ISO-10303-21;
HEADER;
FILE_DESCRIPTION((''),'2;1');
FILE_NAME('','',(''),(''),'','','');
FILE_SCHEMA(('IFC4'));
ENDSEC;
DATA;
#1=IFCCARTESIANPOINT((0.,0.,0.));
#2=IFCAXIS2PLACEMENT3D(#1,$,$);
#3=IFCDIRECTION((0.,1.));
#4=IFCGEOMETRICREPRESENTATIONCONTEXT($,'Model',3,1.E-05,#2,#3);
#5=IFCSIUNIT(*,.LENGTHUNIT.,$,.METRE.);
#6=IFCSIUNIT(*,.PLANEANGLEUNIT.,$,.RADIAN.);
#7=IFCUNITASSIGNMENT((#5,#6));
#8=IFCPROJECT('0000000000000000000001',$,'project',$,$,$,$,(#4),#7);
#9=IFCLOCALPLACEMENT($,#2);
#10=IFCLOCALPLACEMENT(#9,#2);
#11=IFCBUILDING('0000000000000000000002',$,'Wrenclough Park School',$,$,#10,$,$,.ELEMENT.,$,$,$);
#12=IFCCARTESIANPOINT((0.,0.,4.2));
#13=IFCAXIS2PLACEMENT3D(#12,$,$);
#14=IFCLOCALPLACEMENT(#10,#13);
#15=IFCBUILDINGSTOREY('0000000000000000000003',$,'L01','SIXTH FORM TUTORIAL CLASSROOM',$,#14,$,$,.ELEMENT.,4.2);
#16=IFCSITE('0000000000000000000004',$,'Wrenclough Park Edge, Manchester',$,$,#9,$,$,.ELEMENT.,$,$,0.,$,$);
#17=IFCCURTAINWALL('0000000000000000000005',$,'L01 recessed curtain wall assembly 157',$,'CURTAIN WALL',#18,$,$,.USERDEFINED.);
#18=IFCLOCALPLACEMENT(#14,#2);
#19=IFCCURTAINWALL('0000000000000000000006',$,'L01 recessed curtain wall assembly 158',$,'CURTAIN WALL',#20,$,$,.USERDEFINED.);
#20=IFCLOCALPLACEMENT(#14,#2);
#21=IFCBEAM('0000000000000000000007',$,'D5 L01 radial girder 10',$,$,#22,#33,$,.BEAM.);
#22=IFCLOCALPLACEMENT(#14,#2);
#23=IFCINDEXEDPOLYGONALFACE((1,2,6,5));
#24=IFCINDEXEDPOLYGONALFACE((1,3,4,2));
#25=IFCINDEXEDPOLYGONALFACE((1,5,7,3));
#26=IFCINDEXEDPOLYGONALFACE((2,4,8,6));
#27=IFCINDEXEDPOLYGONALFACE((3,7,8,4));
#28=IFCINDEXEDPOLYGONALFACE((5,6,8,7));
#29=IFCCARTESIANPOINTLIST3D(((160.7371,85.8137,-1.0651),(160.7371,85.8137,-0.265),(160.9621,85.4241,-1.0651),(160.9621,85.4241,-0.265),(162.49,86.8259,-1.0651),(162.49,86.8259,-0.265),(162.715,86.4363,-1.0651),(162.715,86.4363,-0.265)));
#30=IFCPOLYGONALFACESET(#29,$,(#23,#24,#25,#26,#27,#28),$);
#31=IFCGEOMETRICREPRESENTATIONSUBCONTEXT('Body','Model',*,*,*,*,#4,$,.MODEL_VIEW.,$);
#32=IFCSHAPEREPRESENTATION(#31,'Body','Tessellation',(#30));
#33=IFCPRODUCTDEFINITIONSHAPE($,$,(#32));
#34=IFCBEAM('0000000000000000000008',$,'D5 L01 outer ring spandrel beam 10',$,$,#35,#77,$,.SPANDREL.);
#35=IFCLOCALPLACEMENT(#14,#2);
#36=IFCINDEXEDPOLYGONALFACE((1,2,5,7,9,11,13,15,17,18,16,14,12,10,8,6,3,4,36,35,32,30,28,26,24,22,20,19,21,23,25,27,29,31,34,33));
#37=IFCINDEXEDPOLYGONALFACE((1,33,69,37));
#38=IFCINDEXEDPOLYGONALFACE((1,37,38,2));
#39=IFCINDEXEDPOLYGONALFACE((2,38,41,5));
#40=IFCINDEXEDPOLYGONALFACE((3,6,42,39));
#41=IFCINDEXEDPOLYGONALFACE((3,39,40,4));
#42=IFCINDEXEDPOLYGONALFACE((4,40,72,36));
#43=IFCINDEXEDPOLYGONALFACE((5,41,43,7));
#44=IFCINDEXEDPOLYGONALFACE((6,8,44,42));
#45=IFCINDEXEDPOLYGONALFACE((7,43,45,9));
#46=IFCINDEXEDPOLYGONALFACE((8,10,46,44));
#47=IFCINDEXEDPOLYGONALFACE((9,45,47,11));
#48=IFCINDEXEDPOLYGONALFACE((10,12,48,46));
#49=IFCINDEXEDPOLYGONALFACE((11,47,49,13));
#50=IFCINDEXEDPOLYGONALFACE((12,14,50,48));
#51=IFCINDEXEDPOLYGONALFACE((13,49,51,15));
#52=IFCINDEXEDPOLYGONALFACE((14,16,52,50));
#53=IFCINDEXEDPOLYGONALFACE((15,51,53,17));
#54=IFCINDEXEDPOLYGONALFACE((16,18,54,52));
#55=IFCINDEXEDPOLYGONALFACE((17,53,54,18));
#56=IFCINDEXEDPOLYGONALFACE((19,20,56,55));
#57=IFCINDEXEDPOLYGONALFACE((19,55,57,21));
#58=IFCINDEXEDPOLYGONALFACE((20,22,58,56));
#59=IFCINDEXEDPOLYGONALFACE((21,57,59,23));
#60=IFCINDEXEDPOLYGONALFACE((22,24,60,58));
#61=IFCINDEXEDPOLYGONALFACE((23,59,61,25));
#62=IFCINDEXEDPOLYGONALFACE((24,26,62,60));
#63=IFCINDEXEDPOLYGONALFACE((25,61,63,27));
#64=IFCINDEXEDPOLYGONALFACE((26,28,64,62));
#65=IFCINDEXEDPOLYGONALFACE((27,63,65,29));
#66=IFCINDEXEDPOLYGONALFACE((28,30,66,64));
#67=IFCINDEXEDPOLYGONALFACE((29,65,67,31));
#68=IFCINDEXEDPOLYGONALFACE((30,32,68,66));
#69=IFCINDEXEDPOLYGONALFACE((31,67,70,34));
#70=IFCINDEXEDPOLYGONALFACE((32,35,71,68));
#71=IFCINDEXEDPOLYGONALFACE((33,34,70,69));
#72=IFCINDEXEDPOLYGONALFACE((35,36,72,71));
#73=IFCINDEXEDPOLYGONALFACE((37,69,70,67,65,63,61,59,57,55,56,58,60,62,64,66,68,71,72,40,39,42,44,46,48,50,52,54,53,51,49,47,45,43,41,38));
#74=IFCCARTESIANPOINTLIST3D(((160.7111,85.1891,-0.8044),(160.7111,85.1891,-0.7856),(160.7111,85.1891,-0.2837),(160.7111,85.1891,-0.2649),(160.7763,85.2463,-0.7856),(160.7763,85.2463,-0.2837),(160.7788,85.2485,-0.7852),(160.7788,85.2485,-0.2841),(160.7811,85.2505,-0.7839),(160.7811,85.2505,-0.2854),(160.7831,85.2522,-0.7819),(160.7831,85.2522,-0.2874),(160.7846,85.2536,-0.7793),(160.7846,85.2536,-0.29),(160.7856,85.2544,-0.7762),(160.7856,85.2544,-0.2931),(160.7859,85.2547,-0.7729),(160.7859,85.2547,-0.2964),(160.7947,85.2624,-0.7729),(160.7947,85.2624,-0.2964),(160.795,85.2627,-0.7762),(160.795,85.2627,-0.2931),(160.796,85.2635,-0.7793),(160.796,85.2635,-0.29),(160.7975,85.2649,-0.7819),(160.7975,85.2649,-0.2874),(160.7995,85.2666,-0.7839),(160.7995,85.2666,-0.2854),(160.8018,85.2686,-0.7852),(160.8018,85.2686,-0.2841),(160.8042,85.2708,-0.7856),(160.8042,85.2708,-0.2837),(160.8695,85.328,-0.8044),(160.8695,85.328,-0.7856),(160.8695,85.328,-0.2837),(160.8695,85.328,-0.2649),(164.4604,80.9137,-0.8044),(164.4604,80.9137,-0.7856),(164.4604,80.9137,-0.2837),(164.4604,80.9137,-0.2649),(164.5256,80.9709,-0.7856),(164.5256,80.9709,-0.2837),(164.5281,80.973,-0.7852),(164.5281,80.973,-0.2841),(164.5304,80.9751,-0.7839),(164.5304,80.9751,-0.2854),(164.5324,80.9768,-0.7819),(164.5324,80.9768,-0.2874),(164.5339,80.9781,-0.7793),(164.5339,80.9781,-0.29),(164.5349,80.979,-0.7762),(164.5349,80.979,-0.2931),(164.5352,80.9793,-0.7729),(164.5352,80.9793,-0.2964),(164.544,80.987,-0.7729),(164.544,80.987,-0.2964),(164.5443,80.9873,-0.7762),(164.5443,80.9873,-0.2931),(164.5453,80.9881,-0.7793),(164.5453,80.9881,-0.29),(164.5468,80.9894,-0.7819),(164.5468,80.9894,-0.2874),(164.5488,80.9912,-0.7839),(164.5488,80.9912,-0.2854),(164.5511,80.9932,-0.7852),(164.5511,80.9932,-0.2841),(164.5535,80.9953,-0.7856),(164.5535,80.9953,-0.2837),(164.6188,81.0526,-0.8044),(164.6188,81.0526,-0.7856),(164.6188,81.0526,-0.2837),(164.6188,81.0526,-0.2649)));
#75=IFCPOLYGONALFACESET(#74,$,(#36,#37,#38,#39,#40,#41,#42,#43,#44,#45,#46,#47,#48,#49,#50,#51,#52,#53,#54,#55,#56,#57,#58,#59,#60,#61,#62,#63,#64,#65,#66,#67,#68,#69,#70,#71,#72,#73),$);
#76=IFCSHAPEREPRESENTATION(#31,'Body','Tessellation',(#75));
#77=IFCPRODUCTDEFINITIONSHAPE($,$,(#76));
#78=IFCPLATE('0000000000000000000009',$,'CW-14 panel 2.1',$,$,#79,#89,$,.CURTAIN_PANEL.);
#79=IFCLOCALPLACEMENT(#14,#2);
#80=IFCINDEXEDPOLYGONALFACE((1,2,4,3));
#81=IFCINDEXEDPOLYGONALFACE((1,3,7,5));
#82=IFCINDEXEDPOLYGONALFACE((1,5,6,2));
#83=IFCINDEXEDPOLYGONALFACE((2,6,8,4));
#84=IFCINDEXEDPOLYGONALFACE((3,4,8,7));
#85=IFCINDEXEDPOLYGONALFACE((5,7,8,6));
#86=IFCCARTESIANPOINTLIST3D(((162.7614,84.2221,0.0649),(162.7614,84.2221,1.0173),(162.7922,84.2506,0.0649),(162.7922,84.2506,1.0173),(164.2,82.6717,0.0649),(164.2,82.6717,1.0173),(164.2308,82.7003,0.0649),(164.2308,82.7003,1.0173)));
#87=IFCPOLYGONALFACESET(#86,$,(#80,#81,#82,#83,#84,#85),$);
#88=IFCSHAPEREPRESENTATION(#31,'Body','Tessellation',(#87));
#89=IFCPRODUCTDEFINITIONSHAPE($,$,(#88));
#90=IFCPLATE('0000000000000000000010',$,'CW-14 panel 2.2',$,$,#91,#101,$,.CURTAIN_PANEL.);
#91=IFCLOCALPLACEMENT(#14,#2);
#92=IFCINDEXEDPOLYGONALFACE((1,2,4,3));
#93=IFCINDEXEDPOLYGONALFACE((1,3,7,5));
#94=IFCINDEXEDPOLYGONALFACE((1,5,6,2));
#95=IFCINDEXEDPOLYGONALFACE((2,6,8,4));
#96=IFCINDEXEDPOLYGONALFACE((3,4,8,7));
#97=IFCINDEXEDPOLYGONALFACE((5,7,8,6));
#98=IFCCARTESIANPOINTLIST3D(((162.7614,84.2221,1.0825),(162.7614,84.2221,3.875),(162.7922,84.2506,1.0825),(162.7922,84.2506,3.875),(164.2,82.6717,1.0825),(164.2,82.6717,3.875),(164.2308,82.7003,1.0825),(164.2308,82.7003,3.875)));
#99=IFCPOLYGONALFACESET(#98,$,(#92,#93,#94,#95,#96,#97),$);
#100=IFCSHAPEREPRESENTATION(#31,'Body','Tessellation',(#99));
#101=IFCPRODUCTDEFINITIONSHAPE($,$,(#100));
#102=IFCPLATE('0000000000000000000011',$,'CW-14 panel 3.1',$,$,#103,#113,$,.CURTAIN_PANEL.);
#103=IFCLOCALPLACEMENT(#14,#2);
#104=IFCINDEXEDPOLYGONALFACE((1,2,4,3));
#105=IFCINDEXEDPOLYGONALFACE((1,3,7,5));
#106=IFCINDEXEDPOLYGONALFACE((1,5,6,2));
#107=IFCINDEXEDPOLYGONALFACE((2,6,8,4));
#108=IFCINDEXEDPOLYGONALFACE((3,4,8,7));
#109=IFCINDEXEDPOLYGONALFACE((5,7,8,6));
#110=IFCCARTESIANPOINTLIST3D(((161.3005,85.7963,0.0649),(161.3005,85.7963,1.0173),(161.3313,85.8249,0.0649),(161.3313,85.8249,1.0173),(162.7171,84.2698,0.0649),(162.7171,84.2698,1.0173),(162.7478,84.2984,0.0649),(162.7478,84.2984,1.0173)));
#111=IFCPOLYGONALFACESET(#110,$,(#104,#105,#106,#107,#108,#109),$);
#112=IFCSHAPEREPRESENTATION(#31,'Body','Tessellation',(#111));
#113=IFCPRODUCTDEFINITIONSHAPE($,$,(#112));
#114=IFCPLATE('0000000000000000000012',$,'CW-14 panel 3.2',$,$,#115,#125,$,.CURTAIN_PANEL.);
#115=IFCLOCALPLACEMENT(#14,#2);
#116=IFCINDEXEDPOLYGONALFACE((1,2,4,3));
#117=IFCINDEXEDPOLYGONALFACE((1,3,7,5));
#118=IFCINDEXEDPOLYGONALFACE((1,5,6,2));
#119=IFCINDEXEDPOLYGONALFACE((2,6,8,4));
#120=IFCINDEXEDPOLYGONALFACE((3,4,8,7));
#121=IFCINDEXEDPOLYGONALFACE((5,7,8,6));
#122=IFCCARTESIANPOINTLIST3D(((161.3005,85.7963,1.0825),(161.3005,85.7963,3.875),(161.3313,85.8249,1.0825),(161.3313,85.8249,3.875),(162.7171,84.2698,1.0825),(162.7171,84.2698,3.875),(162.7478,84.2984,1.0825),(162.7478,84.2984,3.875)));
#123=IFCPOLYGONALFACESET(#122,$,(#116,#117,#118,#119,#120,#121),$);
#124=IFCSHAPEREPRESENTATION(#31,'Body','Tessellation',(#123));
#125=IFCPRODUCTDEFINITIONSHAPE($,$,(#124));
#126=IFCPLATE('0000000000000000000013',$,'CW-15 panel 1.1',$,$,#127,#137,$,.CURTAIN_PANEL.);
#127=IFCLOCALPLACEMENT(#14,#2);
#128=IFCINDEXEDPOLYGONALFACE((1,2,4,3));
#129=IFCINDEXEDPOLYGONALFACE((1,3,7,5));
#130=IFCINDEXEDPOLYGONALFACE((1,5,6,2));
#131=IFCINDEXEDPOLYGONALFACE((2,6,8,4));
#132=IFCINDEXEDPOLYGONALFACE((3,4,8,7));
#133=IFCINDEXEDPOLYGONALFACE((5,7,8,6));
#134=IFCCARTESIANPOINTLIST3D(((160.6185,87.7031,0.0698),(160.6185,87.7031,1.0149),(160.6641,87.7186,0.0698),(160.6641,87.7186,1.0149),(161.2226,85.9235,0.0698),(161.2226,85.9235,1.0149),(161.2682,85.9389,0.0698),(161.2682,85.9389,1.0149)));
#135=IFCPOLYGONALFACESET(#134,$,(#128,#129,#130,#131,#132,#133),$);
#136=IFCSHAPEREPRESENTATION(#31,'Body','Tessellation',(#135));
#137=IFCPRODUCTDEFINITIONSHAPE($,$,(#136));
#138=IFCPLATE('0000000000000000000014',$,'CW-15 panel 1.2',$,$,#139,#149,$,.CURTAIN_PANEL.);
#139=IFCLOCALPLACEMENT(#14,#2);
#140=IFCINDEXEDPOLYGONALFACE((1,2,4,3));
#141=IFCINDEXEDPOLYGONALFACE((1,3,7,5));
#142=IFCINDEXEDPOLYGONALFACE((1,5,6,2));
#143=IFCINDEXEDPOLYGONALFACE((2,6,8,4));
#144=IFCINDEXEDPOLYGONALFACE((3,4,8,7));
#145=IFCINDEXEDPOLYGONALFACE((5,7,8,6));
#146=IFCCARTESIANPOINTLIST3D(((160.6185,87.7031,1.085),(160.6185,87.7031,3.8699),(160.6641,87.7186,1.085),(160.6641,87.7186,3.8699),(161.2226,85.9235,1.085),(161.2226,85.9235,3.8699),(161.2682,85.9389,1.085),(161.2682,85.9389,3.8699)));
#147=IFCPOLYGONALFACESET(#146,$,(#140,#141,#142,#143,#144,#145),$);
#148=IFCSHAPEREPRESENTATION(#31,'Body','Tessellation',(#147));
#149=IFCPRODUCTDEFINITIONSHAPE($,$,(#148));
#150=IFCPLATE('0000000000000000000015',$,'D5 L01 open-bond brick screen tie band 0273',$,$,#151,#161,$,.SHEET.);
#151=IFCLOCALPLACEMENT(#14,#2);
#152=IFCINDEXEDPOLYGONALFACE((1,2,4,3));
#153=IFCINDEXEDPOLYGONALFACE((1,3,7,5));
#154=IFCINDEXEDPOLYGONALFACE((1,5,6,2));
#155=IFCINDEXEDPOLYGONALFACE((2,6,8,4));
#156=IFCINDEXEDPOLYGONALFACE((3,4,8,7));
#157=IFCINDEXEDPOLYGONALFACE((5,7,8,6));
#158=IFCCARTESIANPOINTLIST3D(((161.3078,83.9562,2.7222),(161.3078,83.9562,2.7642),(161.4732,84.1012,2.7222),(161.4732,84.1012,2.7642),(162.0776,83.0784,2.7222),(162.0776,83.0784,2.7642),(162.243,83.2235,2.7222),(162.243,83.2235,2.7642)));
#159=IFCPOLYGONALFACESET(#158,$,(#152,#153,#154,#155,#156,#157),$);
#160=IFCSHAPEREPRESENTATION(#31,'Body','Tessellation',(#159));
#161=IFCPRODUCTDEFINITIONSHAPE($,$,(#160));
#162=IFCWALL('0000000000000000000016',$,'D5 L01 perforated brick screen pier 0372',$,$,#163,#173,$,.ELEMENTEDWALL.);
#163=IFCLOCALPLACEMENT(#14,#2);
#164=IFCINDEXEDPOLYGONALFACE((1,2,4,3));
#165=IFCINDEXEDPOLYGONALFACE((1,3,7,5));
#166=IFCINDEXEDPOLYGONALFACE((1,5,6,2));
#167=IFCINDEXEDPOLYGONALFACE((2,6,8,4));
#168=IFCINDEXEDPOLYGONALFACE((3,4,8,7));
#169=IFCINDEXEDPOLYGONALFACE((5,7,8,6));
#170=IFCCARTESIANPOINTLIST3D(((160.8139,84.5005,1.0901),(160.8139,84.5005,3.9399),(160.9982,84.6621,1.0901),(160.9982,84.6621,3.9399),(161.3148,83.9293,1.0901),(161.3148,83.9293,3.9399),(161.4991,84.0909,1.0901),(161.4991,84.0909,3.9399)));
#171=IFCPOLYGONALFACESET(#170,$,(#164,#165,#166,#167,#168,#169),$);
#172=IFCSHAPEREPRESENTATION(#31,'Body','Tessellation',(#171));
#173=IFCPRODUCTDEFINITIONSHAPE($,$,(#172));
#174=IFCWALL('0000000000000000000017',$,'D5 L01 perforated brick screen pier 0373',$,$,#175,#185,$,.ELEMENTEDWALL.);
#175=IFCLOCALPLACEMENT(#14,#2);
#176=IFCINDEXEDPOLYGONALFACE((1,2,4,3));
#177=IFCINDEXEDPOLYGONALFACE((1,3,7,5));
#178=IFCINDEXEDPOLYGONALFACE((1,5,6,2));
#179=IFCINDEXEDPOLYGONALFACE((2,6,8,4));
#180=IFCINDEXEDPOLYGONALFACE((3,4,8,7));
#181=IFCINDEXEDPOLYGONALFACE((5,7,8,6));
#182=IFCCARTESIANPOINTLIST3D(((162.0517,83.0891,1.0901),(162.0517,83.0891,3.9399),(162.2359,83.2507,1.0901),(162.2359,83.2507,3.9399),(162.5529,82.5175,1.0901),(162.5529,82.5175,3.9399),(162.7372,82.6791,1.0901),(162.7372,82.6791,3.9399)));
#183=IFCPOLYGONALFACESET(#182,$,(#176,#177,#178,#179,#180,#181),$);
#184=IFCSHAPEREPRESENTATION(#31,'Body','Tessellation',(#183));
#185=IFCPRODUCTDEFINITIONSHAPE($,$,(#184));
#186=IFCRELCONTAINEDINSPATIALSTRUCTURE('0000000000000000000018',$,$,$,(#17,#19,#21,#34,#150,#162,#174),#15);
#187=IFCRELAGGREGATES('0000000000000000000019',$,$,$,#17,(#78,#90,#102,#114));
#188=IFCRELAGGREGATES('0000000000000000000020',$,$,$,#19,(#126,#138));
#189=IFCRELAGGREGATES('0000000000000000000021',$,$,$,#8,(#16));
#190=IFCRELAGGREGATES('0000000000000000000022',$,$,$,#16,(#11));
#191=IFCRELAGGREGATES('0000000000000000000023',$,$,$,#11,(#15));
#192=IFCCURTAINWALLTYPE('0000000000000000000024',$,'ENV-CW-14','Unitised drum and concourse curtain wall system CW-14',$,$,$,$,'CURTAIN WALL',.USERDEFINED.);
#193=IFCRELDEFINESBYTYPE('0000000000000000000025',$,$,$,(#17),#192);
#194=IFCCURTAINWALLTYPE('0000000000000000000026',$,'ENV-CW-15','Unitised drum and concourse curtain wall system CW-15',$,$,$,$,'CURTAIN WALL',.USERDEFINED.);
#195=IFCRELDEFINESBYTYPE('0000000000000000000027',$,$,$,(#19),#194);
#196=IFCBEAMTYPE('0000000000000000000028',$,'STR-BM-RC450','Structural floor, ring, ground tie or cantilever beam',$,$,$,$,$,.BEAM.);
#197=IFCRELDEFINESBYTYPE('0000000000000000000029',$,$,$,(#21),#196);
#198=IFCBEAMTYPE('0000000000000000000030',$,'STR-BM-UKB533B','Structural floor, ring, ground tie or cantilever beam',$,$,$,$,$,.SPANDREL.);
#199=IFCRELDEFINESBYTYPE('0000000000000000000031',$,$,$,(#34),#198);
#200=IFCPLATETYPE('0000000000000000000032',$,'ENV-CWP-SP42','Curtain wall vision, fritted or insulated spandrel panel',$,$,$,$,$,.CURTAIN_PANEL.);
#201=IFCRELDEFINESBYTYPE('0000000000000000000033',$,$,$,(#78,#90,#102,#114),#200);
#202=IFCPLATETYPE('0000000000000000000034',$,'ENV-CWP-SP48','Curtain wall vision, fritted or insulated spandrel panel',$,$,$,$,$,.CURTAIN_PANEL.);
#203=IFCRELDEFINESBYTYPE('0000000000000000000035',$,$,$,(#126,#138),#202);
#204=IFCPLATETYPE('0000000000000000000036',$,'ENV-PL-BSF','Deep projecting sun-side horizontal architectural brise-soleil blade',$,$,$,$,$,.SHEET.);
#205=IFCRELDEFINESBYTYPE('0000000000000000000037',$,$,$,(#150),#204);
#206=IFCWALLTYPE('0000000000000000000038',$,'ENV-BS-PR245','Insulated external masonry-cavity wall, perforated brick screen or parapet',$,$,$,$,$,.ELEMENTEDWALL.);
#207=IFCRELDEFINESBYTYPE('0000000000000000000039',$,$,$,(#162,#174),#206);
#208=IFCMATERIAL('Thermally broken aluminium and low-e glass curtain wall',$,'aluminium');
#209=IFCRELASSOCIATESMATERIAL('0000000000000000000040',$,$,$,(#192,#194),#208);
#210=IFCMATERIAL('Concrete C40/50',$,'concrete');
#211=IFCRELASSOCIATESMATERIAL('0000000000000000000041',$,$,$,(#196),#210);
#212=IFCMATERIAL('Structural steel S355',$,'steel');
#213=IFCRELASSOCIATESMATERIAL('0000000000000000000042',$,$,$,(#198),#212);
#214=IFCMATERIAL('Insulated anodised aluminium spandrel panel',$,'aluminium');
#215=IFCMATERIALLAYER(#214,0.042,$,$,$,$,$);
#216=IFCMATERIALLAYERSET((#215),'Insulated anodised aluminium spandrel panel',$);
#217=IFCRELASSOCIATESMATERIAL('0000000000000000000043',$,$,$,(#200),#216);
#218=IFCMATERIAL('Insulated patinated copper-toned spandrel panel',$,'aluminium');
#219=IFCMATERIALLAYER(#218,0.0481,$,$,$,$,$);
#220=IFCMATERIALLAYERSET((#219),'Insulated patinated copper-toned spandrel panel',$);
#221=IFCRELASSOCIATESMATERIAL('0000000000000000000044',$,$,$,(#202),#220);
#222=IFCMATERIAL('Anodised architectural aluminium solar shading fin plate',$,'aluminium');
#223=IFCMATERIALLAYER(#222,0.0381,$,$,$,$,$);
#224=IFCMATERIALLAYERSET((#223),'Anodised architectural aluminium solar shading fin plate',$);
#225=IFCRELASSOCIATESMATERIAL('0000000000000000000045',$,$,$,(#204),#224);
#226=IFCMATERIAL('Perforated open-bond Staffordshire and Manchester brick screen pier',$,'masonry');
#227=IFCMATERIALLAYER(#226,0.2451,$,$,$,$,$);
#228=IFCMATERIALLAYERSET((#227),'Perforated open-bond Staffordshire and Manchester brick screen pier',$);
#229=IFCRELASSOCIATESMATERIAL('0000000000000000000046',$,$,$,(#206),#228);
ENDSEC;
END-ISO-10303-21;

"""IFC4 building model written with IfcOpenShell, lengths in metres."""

from ifc_helpers import new_model, si_unit, direction, frame, frame_2d, origin, origin_2d, place, context, subcontext, project, spatial, rectangle, i_section, extrude, material, layer, layer_set, material_profile, profile_set, type_object, element, aggregate, save


model = new_model("IFC4")

# Units and contexts
model_context = context("Model", 3, precision=1e-05, world=origin(), true_north=direction((0.0, 1.0)))
body_context = subcontext(model_context, "Body", "Model", "MODEL_VIEW")
ifc_project = project(units=[si_unit("LENGTHUNIT", "METRE"), si_unit("PLANEANGLEUNIT", "RADIAN")], contexts=[model_context])

# Site, building, storey
site_placement = place(None, origin())
site = spatial("IfcSite", under=ifc_project, at=site_placement, Name="Wrenclough Park Edge, Manchester", CompositionType="ELEMENT", RefElevation=0.0)
building_placement = place(site_placement, origin())
building = spatial("IfcBuilding", under=site, at=building_placement, Name="Wrenclough Park School", CompositionType="ELEMENT")
storey_placement = place(building_placement, frame((0.0, 0.0, 4.2)))
storey = spatial("IfcBuildingStorey", under=building, at=storey_placement, Name="L01", Description="SIXTH FORM TUTORIAL CLASSROOM", CompositionType="ELEMENT", Elevation=4.2)

# Shared definitions
ifc_material_1 = material(Name="Concrete C40/50", Category="concrete")

# Curtain wall
ifc_material_2 = material(Name="Thermally broken aluminium and low-e glass curtain wall", Category="aluminium")
curtain_wall_type_1 = type_object("IfcCurtainWallType", Name="ENV-CW-14", Description="Unitised drum and concourse curtain wall system CW-14", ElementType="CURTAIN WALL", PredefinedType="USERDEFINED", material=ifc_material_2)
curtain_wall_1_placement = place(storey_placement, origin())
curtain_wall_1 = element("IfcCurtainWall", 1, at=curtain_wall_1_placement, inside=storey, type_object=curtain_wall_type_1, Name="L01 recessed curtain wall assembly 157", ObjectType="CURTAIN WALL", PredefinedType="USERDEFINED")

# Curtain wall
curtain_wall_type_2 = type_object("IfcCurtainWallType", Name="ENV-CW-15", Description="Unitised drum and concourse curtain wall system CW-15", ElementType="CURTAIN WALL", PredefinedType="USERDEFINED", material=ifc_material_2)
curtain_wall_2_placement = place(storey_placement, origin())
curtain_wall_2 = element("IfcCurtainWall", 2, at=curtain_wall_2_placement, inside=storey, type_object=curtain_wall_type_2, Name="L01 recessed curtain wall assembly 158", ObjectType="CURTAIN WALL", PredefinedType="USERDEFINED")

# Beams
ifc_material_profile_1 = material_profile(ifc_material_1, rectangle(XDim=0.45, YDim=0.8, at=origin_2d()), Name="RC BEAM 450x800")
ifc_profile_set_1 = profile_set([ifc_material_profile_1], Name="Concrete C40/50")
beam_type_1 = type_object("IfcBeamType", Name="STR-BM-RC450", Description="Structural floor, ring, ground tie or cantilever beam", PredefinedType="BEAM", material=ifc_profile_set_1)
beam_1_placement = place(storey_placement, frame((160.8496, 85.6189, -0.665), z_axis=(0.865993, 0.500057, 0.0), x_axis=(-0.500057, 0.865993, 0.0)))
element("IfcBeam", 3, at=beam_1_placement, inside=storey, type_object=beam_type_1, Name="D5 L01 radial girder 10", PredefinedType="BEAM", context=body_context, shape_type="SweptSolid", body=[
    extrude(rectangle(XDim=0.45, YDim=0.8, at=origin_2d()), origin(), (0.0, 0.0, 1.0), 2.0242),
])
ifc_material_3 = material(Name="Structural steel S355", Category="steel")
ifc_material_profile_2 = material_profile(ifc_material_3, i_section(OverallWidth=0.2107, OverallDepth=0.5396, WebThickness=0.0117, FlangeThickness=0.0188, FilletRadius=0.0127, at=origin_2d()), Name="UKB 533x210x109")
ifc_profile_set_2 = profile_set([ifc_material_profile_2], Name="Structural steel S355")
beam_type_2 = type_object("IfcBeamType", Name="STR-BM-UKB533B", Description="Structural floor, ring, ground tie or cantilever beam", PredefinedType="SPANDREL", material=ifc_profile_set_2)
beam_2_placement = place(storey_placement, frame((160.7903, 85.2585, -0.5347), z_axis=(0.659331, -0.751853, 0.0), x_axis=(0.751853, 0.659331, 0.0)))
element("IfcBeam", 4, at=beam_2_placement, inside=storey, type_object=beam_type_2, Name="D5 L01 outer ring spandrel beam 10", PredefinedType="SPANDREL", context=body_context, shape_type="SweptSolid", body=[
    extrude(i_section(OverallWidth=0.2107, OverallDepth=0.5396, WebThickness=0.0117, FlangeThickness=0.0188, FilletRadius=0.0127, at=origin_2d()), origin(), (0.0, 0.0, 1.0), 5.6865),
])

# Plates
ifc_material_4 = material(Name="Insulated anodised aluminium spandrel panel", Category="aluminium")
ifc_layer_1 = layer(ifc_material_4, 0.042)
ifc_layer_set_1 = layer_set([ifc_layer_1], Name="Insulated anodised aluminium spandrel panel")
plate_type_1 = type_object("IfcPlateType", Name="ENV-CWP-SP42", Description="Curtain wall vision, fritted or insulated spandrel panel", PredefinedType="CURTAIN_PANEL", material=ifc_layer_set_1)
plate_1_placement = place(storey_placement, frame((163.4961, 83.4612, 0.0649), z_axis=(0.0, 0.0, 1.0), x_axis=(-0.680215, 0.733013, 0.0)))
plate_1 = element("IfcPlate", 5, at=plate_1_placement, type_object=plate_type_1, Name="CW-14 panel 2.1", PredefinedType="CURTAIN_PANEL", context=body_context, shape_type="SweptSolid", body=[
    extrude(rectangle(XDim=2.115, YDim=0.042, at=origin_2d()), origin(), (0.0, 0.0, 1.0), 0.9524),
])
plate_2_placement = place(storey_placement, frame((163.4961, 83.4612, 1.0825), z_axis=(0.0, 0.0, 1.0), x_axis=(-0.680215, 0.733013, 0.0)))
plate_2 = element("IfcPlate", 6, at=plate_2_placement, type_object=plate_type_1, Name="CW-14 panel 2.2", PredefinedType="CURTAIN_PANEL", context=body_context, shape_type="SweptSolid", body=[
    extrude(rectangle(XDim=2.115, YDim=0.042, at=origin_2d()), origin(), (0.0, 0.0, 1.0), 2.7925),
])
plate_3_placement = place(storey_placement, frame((162.0242, 85.0474, 0.0649), z_axis=(0.0, 0.0, 1.0), x_axis=(-0.680215, 0.733013, 0.0)))
plate_3 = element("IfcPlate", 7, at=plate_3_placement, type_object=plate_type_1, Name="CW-14 panel 3.1", PredefinedType="CURTAIN_PANEL", context=body_context, shape_type="SweptSolid", body=[
    extrude(rectangle(XDim=2.0825, YDim=0.042, at=origin_2d()), origin(), (0.0, 0.0, 1.0), 0.9524),
])
plate_4_placement = place(storey_placement, frame((162.0242, 85.0474, 1.0825), z_axis=(0.0, 0.0, 1.0), x_axis=(-0.680215, 0.733013, 0.0)))
plate_4 = element("IfcPlate", 8, at=plate_4_placement, type_object=plate_type_1, Name="CW-14 panel 3.2", PredefinedType="CURTAIN_PANEL", context=body_context, shape_type="SweptSolid", body=[
    extrude(rectangle(XDim=2.0825, YDim=0.042, at=origin_2d()), origin(), (0.0, 0.0, 1.0), 2.7925),
])
aggregate(curtain_wall_1, [plate_1, plate_2, plate_3, plate_4])
ifc_material_5 = material(Name="Insulated patinated copper-toned spandrel panel", Category="aluminium")
ifc_layer_2 = layer(ifc_material_5, 0.0481)
ifc_layer_set_2 = layer_set([ifc_layer_2], Name="Insulated patinated copper-toned spandrel panel")
plate_type_2 = type_object("IfcPlateType", Name="ENV-CWP-SP48", Description="Curtain wall vision, fritted or insulated spandrel panel", PredefinedType="CURTAIN_PANEL", material=ifc_layer_set_2)
plate_5_placement = place(storey_placement, frame((160.9434, 86.821, 0.0698), z_axis=(0.0, 0.0, 1.0), x_axis=(-0.321429, 0.946934, 0.0)))
plate_5 = element("IfcPlate", 9, at=plate_5_placement, type_object=plate_type_2, Name="CW-15 panel 1.1", PredefinedType="CURTAIN_PANEL", context=body_context, shape_type="SweptSolid", body=[
    extrude(rectangle(XDim=1.8794, YDim=0.0481, at=origin_2d()), origin(), (0.0, 0.0, 1.0), 0.9451),
])
plate_6_placement = place(storey_placement, frame((160.9434, 86.821, 1.085), z_axis=(0.0, 0.0, 1.0), x_axis=(-0.321429, 0.946934, 0.0)))
plate_6 = element("IfcPlate", 10, at=plate_6_placement, type_object=plate_type_2, Name="CW-15 panel 1.2", PredefinedType="CURTAIN_PANEL", context=body_context, shape_type="SweptSolid", body=[
    extrude(rectangle(XDim=1.8794, YDim=0.0481, at=origin_2d()), origin(), (0.0, 0.0, 1.0), 2.7849),
])
aggregate(curtain_wall_2, [plate_5, plate_6])
ifc_material_6 = material(Name="Anodised architectural aluminium solar shading fin plate", Category="aluminium")
ifc_layer_3 = layer(ifc_material_6, 0.0381)
ifc_layer_set_3 = layer_set([ifc_layer_3], Name="Anodised architectural aluminium solar shading fin plate")
plate_type_3 = type_object("IfcPlateType", Name="ENV-PL-BSF", Description="Deep projecting sun-side horizontal architectural brise-soleil blade", PredefinedType="SHEET", material=ifc_layer_set_3)
plate_7_placement = place(storey_placement, frame((161.7754, 83.5898, 2.7222), z_axis=(0.0, 0.0, 1.0), x_axis=(0.659349, -0.751837, 0.0)))
element("IfcPlate", 11, at=plate_7_placement, inside=storey, type_object=plate_type_3, Name="D5 L01 open-bond brick screen tie band 0273", PredefinedType="SHEET", context=body_context, shape_type="SweptSolid", body=[
    extrude(rectangle(XDim=1.1675, YDim=0.22, at=origin_2d()), origin(), (0.0, 0.0, 1.0), 0.042),
])

# Walls
ifc_material_7 = material(Name="Perforated open-bond Staffordshire and Manchester brick screen pier", Category="masonry")
ifc_layer_4 = layer(ifc_material_7, 0.2451)
ifc_layer_set_4 = layer_set([ifc_layer_4], Name="Perforated open-bond Staffordshire and Manchester brick screen pier")
wall_type_1 = type_object("IfcWallType", Name="ENV-BS-PR245", Description="Insulated external masonry-cavity wall, perforated brick screen or parapet", PredefinedType="ELEMENTEDWALL", material=ifc_layer_set_4)
wall_1_placement = place(storey_placement, frame((160.906, 84.5813, 1.0901), z_axis=(0.0, 0.0, 1.0), x_axis=(0.659323, -0.75186, 0.0)))
element("IfcWall", 12, at=wall_1_placement, inside=storey, type_object=wall_type_1, Name="D5 L01 perforated brick screen pier 0372", PredefinedType="ELEMENTEDWALL", context=body_context, shape_type="SweptSolid", body=[
    extrude(rectangle(XDim=0.7598, YDim=0.2451, at=frame_2d((0.3799, 0.0))), origin(), (0.0, 0.0, 1.0), 2.8499),
])
wall_2_placement = place(storey_placement, frame((162.1438, 83.1699, 1.0901), z_axis=(0.0, 0.0, 1.0), x_axis=(0.659345, -0.75184, 0.0)))
element("IfcWall", 13, at=wall_2_placement, inside=storey, type_object=wall_type_1, Name="D5 L01 perforated brick screen pier 0373", PredefinedType="ELEMENTEDWALL", context=body_context, shape_type="SweptSolid", body=[
    extrude(rectangle(XDim=0.7603, YDim=0.2451, at=frame_2d((0.3801, 0.0))), origin(), (0.0, 0.0, 1.0), 2.8499),
])

save(model, "model.ifc")
